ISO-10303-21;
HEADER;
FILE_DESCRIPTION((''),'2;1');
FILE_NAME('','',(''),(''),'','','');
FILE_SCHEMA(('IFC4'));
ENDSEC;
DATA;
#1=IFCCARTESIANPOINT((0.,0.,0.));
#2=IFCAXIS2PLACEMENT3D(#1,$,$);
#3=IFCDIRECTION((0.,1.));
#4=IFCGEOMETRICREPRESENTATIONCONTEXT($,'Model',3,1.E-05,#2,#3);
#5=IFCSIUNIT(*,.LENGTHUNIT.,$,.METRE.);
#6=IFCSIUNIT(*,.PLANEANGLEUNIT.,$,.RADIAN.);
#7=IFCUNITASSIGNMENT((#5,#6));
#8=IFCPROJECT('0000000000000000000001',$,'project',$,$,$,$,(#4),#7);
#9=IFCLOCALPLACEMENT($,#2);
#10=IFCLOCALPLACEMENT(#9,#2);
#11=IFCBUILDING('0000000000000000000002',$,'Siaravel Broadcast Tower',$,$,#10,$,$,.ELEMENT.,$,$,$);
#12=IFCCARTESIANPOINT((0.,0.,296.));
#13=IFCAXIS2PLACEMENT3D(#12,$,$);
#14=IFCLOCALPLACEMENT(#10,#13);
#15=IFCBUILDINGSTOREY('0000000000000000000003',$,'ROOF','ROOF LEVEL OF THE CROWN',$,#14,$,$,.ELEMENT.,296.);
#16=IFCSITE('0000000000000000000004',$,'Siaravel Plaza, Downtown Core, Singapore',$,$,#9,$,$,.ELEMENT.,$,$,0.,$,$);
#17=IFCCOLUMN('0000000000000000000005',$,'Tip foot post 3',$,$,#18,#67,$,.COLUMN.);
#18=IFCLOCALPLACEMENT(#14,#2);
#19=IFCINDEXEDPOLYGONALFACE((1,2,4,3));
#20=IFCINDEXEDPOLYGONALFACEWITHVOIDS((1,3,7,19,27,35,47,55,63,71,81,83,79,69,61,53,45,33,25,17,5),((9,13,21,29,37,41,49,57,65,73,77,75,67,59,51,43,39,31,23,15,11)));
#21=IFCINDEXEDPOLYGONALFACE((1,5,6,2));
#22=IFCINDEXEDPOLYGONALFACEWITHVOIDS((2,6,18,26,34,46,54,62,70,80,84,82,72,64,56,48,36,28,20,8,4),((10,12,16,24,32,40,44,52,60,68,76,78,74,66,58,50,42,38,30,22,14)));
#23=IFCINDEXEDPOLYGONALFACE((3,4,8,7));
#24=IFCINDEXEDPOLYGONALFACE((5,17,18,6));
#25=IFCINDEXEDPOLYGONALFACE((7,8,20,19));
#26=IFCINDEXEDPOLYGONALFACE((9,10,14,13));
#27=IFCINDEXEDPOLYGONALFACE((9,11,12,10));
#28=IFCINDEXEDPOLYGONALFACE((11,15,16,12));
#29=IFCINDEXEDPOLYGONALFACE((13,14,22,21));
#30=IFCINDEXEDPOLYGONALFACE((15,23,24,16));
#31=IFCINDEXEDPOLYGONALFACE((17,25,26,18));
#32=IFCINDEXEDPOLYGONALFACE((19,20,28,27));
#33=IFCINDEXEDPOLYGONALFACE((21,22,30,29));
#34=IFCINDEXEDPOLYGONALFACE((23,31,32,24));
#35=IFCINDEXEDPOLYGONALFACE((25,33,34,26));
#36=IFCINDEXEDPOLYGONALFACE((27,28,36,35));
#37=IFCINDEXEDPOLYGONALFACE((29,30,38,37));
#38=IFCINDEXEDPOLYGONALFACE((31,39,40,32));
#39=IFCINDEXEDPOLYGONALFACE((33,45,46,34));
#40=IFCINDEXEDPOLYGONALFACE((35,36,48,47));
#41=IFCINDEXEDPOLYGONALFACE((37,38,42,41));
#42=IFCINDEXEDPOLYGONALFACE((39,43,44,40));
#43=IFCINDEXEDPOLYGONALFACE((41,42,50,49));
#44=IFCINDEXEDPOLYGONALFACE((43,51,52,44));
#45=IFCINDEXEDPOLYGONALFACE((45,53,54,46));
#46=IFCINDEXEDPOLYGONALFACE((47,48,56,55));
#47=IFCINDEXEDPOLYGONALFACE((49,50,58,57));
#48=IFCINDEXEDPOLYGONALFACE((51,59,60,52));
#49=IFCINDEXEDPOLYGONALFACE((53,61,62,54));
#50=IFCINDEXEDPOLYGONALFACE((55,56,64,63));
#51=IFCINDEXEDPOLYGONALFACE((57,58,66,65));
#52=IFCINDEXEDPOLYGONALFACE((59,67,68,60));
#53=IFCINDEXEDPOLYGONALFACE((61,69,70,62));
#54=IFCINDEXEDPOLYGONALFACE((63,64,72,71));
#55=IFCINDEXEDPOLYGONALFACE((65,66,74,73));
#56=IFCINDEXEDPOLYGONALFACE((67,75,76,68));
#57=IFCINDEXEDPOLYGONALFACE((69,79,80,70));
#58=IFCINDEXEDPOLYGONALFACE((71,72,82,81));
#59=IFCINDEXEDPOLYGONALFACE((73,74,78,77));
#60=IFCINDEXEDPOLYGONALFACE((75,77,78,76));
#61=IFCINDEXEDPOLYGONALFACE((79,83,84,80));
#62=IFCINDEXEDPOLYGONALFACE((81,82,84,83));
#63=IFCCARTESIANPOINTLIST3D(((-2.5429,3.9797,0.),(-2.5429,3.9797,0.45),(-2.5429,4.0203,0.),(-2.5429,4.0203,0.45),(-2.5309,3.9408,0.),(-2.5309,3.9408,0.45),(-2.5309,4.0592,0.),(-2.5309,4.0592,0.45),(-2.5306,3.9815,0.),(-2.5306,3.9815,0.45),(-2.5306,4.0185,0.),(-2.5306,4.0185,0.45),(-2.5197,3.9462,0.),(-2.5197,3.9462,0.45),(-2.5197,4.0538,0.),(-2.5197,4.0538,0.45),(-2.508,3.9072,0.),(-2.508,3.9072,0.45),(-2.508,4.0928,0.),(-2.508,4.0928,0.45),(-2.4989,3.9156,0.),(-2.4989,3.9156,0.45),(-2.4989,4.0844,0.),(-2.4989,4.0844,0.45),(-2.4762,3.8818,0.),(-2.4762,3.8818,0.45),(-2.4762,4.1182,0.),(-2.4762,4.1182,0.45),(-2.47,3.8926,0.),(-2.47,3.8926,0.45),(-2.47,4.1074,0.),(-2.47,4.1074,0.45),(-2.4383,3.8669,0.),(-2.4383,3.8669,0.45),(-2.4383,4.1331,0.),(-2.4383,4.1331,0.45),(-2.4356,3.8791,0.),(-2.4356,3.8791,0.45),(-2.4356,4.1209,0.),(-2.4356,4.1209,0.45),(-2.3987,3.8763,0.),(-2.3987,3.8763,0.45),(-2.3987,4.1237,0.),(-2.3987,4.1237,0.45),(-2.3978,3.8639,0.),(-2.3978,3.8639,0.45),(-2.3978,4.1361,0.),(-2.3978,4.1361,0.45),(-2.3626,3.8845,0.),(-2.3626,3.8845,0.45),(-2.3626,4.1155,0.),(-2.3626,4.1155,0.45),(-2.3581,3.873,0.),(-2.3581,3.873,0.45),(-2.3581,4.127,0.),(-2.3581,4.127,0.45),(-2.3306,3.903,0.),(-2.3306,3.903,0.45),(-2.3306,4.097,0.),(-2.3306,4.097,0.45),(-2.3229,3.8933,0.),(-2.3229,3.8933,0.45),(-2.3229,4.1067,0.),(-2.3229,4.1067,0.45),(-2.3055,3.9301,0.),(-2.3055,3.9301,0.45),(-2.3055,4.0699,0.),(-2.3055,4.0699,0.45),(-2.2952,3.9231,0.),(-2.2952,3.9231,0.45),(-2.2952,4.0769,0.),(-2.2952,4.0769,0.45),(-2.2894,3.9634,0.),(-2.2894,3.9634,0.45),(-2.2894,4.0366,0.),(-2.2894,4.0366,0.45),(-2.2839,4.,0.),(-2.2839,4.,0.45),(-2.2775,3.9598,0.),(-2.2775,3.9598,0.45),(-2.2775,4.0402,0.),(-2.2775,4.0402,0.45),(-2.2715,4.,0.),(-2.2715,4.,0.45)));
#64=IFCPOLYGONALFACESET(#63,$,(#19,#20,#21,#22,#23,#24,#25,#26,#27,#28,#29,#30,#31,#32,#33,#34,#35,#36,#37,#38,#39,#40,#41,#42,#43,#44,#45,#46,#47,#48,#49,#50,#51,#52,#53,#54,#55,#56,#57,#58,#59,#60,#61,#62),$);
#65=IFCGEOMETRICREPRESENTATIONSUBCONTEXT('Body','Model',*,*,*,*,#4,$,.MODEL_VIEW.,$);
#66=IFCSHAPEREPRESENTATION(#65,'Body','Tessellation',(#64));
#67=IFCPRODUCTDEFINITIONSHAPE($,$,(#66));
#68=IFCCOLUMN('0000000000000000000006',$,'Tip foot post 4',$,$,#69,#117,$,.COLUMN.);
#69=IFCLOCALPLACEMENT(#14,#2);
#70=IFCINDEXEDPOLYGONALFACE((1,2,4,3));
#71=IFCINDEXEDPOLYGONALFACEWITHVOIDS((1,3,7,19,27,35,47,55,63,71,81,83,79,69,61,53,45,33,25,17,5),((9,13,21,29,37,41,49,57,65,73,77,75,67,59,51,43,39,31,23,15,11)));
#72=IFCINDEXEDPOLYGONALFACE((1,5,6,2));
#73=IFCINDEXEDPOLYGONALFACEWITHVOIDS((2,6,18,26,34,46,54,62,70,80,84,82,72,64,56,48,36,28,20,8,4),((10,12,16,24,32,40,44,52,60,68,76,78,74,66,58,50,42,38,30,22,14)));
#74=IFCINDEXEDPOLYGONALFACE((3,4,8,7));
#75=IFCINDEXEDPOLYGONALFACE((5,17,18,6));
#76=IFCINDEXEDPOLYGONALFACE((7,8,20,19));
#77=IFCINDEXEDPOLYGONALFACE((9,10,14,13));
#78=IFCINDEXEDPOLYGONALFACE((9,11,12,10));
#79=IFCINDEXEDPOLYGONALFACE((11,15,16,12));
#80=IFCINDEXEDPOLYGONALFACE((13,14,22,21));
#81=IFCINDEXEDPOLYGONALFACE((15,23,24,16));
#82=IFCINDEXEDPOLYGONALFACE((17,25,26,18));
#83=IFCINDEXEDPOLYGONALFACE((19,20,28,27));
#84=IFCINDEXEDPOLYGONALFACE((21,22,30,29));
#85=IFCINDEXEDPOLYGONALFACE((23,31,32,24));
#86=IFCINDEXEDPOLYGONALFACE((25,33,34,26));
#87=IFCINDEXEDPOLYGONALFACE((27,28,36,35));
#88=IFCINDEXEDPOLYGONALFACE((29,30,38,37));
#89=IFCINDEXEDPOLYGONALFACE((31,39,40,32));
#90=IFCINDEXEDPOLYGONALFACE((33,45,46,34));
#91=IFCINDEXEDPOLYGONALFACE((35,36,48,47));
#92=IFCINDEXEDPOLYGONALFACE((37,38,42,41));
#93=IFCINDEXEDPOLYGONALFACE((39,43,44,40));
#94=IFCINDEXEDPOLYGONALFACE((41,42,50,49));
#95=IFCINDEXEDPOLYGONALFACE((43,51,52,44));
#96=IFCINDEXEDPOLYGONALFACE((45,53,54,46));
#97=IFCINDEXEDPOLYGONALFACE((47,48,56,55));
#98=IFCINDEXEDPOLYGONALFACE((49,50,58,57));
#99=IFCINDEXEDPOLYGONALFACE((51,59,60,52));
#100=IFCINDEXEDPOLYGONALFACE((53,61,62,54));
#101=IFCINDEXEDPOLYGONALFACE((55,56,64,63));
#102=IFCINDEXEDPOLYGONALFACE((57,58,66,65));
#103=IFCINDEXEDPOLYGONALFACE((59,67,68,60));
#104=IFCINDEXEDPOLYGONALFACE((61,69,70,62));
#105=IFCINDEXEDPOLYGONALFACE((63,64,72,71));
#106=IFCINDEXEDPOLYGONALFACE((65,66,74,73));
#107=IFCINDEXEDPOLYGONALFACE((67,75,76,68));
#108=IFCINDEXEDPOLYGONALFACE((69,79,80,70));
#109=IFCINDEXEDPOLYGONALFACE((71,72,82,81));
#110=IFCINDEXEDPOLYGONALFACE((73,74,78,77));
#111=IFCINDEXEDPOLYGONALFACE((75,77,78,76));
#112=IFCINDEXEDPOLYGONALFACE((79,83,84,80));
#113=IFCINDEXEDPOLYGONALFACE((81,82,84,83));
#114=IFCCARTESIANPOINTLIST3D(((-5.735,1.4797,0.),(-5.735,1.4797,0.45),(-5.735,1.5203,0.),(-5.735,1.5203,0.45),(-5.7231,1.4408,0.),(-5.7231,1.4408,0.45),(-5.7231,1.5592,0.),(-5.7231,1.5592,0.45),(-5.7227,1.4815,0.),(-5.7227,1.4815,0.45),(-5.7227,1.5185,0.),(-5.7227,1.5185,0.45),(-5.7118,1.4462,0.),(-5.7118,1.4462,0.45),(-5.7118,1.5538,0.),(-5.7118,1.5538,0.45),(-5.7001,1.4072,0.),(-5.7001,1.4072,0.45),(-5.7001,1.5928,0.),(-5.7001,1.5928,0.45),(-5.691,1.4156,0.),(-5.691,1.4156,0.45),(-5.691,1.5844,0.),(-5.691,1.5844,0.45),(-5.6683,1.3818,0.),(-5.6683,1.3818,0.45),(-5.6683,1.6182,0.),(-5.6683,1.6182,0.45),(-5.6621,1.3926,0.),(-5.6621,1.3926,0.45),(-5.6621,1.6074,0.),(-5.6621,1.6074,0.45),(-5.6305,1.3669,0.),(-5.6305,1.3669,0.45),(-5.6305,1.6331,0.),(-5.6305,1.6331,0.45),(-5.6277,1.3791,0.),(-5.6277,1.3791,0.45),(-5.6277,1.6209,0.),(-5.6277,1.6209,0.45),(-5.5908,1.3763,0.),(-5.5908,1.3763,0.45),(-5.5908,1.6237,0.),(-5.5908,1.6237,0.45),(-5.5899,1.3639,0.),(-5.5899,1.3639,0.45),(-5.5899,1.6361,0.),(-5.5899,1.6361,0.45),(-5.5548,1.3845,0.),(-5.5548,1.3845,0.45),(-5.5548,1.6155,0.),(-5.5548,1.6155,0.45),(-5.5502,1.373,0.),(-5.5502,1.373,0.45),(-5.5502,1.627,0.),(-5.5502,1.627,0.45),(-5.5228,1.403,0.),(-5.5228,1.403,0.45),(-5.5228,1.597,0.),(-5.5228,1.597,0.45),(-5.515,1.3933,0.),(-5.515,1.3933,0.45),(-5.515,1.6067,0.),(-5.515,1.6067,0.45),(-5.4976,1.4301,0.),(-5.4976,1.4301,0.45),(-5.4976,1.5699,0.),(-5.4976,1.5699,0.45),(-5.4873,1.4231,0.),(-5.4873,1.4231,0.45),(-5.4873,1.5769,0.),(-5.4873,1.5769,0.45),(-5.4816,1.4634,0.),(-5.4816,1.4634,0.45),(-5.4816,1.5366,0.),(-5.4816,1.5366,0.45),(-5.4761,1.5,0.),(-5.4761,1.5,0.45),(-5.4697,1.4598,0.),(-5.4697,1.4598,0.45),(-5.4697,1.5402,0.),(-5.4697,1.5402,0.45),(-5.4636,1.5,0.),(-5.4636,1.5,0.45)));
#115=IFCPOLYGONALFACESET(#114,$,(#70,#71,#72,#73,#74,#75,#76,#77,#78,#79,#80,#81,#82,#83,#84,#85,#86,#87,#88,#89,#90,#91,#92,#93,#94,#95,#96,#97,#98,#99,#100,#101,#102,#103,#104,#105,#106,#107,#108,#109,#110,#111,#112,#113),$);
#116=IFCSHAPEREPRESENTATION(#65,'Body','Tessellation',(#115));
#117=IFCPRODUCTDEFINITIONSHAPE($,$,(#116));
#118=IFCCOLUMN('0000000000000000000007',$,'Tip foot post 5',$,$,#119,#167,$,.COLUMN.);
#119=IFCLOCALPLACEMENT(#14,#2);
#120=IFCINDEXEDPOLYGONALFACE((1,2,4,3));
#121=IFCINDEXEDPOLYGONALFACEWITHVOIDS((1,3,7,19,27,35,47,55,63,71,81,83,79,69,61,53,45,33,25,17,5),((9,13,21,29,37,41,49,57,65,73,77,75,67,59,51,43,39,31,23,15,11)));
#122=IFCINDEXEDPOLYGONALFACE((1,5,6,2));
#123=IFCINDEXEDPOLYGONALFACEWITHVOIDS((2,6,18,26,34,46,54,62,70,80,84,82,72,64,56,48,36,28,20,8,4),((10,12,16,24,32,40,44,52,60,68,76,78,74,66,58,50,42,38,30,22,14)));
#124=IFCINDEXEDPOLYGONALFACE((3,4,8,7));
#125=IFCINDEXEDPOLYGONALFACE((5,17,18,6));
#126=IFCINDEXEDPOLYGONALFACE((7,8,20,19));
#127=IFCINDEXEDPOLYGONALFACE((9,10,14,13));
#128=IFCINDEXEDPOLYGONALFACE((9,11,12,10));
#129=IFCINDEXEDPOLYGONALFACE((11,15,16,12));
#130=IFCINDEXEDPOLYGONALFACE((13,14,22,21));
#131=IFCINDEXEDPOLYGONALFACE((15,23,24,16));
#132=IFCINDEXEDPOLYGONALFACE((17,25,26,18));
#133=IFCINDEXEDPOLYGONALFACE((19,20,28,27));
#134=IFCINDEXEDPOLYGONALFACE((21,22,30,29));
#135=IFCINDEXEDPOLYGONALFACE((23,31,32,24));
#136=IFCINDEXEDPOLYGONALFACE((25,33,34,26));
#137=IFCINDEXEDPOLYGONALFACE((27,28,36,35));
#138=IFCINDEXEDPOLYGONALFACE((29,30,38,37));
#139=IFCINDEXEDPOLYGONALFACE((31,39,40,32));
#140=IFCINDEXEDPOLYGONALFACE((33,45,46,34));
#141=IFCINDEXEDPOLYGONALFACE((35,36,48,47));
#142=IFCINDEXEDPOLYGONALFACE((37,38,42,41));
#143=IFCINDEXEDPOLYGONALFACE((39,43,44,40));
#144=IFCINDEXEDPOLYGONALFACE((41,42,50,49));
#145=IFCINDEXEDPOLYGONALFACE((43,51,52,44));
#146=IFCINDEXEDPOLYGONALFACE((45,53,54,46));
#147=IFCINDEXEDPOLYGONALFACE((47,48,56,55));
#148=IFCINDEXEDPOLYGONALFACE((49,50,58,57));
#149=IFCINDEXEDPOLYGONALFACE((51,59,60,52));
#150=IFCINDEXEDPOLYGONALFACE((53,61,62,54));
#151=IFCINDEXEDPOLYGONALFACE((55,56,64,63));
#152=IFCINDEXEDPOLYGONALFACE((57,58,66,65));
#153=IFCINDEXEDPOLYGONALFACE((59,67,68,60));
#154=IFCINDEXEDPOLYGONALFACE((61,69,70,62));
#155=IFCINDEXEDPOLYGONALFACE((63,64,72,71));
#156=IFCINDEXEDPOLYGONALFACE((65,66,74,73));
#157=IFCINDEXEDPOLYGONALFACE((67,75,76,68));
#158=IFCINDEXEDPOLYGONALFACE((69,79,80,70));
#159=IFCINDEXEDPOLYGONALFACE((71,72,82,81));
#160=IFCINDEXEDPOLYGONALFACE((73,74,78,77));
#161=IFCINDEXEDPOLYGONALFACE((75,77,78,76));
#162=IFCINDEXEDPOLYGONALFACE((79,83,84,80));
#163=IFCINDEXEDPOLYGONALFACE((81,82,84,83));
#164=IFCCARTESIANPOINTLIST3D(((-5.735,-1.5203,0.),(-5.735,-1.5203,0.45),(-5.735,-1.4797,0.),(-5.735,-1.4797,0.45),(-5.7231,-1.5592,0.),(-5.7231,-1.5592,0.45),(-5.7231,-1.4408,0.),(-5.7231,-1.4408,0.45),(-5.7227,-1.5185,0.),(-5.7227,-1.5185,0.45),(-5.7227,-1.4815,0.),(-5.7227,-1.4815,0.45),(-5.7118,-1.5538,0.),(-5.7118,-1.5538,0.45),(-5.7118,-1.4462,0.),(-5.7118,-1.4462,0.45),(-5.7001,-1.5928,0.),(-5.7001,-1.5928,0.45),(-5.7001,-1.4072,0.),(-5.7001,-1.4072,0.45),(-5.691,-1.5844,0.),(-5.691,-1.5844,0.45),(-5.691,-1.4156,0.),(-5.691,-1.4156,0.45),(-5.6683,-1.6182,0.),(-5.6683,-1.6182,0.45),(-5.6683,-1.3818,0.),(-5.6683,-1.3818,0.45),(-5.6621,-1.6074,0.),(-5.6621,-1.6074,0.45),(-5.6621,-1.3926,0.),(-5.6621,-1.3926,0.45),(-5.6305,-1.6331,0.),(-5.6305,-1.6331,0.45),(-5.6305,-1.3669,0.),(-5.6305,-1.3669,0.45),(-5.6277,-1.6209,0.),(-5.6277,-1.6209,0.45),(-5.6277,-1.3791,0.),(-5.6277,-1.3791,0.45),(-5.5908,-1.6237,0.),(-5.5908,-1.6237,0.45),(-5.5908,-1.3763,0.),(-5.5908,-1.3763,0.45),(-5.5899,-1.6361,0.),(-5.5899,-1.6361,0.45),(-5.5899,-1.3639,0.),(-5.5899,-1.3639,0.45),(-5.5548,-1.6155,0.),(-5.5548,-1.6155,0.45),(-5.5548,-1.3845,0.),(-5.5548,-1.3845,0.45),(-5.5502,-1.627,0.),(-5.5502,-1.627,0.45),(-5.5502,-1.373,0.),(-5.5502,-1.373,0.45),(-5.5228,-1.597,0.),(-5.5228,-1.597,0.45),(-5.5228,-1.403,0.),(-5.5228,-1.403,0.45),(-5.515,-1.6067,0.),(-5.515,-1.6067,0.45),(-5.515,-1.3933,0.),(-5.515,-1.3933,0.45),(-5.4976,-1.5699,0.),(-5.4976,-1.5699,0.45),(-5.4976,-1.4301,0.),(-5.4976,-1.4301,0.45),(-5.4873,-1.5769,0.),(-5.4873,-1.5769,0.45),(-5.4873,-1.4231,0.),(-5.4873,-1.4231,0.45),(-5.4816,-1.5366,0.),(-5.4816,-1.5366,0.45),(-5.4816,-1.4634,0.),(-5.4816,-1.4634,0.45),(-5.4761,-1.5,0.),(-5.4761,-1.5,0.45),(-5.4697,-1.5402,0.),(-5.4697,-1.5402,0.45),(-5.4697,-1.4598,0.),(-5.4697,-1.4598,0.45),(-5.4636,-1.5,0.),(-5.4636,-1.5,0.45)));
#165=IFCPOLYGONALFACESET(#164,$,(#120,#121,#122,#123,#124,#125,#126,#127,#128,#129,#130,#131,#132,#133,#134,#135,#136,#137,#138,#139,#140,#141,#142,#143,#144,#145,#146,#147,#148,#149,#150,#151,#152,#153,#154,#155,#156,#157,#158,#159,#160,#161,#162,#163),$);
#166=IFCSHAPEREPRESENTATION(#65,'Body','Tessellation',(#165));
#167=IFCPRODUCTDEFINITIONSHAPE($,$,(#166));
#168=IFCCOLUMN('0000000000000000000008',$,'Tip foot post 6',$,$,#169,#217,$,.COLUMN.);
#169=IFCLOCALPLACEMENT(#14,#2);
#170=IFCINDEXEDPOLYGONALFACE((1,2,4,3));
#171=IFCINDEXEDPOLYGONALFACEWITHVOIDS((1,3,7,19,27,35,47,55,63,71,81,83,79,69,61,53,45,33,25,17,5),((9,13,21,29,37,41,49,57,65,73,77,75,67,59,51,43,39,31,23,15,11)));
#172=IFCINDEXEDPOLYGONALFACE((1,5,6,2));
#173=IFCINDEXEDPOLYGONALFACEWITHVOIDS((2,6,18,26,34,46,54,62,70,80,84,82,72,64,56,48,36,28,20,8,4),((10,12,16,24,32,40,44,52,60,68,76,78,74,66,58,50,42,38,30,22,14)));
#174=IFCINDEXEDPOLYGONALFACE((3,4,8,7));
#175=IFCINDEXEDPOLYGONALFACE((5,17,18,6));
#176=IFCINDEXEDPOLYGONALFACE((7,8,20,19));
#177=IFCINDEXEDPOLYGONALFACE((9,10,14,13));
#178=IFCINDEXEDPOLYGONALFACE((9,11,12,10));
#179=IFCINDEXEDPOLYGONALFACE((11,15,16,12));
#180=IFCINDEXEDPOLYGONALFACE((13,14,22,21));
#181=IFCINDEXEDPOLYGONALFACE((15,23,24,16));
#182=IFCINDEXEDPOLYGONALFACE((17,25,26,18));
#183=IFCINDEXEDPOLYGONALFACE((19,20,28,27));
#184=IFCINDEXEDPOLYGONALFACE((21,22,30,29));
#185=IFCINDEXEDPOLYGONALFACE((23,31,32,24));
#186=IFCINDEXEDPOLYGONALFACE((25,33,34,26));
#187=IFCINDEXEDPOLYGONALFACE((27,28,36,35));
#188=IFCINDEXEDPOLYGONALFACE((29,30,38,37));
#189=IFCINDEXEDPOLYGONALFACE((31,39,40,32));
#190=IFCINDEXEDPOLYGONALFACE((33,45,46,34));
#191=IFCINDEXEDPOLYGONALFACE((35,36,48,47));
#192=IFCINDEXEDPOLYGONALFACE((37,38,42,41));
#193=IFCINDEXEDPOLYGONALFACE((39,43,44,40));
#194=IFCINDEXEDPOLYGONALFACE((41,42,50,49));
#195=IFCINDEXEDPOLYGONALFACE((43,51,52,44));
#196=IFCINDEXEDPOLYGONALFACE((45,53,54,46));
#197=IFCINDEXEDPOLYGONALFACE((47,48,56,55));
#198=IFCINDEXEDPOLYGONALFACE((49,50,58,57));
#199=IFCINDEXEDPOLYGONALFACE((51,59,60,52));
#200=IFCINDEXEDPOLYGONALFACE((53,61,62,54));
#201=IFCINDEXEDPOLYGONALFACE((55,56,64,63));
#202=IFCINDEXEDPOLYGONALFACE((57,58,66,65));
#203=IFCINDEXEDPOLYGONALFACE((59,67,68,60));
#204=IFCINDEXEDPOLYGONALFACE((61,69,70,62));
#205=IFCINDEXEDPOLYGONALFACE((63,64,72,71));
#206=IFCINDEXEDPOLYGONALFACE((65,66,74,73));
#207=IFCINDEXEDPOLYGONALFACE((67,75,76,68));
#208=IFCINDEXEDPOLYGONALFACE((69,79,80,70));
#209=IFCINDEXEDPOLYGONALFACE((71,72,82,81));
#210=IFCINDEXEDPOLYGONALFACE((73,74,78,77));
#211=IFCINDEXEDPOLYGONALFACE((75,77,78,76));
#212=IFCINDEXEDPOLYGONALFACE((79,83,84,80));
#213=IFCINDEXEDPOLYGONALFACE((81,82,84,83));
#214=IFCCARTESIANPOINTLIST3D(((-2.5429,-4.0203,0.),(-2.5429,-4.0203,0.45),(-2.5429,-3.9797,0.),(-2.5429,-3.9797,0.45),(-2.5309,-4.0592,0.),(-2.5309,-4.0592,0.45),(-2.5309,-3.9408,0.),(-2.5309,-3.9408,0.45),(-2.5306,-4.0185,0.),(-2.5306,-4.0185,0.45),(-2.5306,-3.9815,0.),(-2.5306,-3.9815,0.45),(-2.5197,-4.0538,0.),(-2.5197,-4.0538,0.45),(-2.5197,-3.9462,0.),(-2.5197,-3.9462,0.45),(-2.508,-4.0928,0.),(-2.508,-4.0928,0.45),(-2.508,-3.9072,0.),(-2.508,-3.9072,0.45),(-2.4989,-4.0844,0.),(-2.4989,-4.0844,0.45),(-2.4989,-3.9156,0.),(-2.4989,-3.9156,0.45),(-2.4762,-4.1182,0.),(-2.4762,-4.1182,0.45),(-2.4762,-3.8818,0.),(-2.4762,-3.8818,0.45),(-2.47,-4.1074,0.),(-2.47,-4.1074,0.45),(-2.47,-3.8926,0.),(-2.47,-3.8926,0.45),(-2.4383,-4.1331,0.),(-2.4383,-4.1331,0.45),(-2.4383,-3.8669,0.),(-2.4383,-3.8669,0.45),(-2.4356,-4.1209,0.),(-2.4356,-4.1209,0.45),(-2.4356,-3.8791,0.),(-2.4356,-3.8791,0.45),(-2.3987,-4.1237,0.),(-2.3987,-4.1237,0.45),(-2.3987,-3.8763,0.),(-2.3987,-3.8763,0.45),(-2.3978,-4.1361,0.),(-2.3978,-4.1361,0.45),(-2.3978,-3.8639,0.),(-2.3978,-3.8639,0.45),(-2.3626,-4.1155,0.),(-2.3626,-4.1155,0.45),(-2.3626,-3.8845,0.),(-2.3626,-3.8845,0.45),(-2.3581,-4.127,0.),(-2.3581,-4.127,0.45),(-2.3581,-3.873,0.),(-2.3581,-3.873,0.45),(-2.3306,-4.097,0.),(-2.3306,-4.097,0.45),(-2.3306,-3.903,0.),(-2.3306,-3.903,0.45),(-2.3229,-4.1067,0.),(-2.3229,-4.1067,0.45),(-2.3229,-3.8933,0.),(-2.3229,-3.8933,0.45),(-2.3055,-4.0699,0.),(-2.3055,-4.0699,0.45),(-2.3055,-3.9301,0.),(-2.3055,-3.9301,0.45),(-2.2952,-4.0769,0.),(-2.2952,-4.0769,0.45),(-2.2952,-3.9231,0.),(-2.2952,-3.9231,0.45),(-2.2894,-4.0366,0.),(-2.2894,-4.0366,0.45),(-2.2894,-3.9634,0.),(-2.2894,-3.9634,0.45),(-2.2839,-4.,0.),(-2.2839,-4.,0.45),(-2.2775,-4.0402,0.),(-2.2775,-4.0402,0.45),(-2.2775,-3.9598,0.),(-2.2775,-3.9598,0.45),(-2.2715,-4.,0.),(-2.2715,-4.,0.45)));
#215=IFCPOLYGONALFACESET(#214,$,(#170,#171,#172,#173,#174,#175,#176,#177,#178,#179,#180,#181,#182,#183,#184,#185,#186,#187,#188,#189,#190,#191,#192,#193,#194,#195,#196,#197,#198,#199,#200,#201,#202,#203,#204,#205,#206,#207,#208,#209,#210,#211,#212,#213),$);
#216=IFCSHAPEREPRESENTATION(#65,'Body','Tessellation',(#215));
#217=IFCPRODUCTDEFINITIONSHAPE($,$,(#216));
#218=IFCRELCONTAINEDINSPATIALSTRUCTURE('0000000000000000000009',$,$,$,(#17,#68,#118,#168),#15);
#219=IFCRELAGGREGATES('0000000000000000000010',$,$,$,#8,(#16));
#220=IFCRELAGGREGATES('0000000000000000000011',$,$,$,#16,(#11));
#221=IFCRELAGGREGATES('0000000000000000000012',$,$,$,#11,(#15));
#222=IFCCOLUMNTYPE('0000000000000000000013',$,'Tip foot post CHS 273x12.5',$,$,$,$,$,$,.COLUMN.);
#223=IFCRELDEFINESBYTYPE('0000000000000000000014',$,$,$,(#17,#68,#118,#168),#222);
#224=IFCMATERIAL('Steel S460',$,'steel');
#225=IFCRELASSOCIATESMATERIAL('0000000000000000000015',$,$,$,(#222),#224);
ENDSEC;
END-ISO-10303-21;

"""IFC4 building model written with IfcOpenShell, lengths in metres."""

from ifc_helpers import new_model, si_unit, direction, frame, origin, origin_2d, place, context, subcontext, project, spatial, hollow_circle, extrude, material, material_profile, profile_set, type_object, element, save


model = new_model("IFC4")

# Units and contexts
model_context = context("Model", 3, precision=1e-05, world=origin(), true_north=direction((0.0, 1.0)))
body_context = subcontext(model_context, "Body", "Model", "MODEL_VIEW")
ifc_project = project(units=[si_unit("LENGTHUNIT", "METRE"), si_unit("PLANEANGLEUNIT", "RADIAN")], contexts=[model_context])

# Site, building, storey
site_placement = place(None, origin())
site = spatial("IfcSite", under=ifc_project, at=site_placement, Name="Siaravel Plaza, Downtown Core, Singapore", CompositionType="ELEMENT", RefElevation=0.0)
building_placement = place(site_placement, origin())
building = spatial("IfcBuilding", under=site, at=building_placement, Name="Siaravel Broadcast Tower", CompositionType="ELEMENT")
storey_placement = place(building_placement, frame((0.0, 0.0, 296.0)))
storey = spatial("IfcBuildingStorey", under=building, at=storey_placement, Name="ROOF", Description="ROOF LEVEL OF THE CROWN", CompositionType="ELEMENT", Elevation=296.0)

# Columns
ifc_material_1 = material(Name="Steel S460", Category="steel")
ifc_material_profile_1 = material_profile(ifc_material_1, hollow_circle(Radius=0.1365, WallThickness=0.0125, at=origin_2d()))
ifc_profile_set_1 = profile_set([ifc_material_profile_1], Name="Steel S460")
column_type = type_object("IfcColumnType", Name="Tip foot post CHS 273x12.5", PredefinedType="COLUMN", material=ifc_profile_set_1)
for number, where, z_axis, x_axis, name in (
    (1, (-2.408, 4.0, 0.0), (0.0, 0.0, 1.0), (1.0, 0.0, 0.0), "Tip foot post 3"),
    (2, (-5.6001, 1.5, 0.0), (0.0, 0.0, 1.0), (1.0, 0.0, 0.0), "Tip foot post 4"),
    (3, (-5.6001, -1.5, 0.0), (0.0, 0.0, 1.0), (1.0, 0.0, 0.0), "Tip foot post 5"),
    (4, (-2.408, -4.0, 0.0), (0.0, 0.0, 1.0), (1.0, 0.0, 0.0), "Tip foot post 6"),
):
    element("IfcColumn", number, at=place(storey_placement, frame(where, z_axis=z_axis, x_axis=x_axis)), inside=storey, type_object=column_type, Name=name, PredefinedType="COLUMN", context=body_context, shape_type="SweptSolid", body=[
        extrude(hollow_circle(Radius=0.1365, WallThickness=0.0125, at=origin_2d()), origin(), (0.0, 0.0, 1.0), 0.45),
    ])

save(model, "model.ifc")
